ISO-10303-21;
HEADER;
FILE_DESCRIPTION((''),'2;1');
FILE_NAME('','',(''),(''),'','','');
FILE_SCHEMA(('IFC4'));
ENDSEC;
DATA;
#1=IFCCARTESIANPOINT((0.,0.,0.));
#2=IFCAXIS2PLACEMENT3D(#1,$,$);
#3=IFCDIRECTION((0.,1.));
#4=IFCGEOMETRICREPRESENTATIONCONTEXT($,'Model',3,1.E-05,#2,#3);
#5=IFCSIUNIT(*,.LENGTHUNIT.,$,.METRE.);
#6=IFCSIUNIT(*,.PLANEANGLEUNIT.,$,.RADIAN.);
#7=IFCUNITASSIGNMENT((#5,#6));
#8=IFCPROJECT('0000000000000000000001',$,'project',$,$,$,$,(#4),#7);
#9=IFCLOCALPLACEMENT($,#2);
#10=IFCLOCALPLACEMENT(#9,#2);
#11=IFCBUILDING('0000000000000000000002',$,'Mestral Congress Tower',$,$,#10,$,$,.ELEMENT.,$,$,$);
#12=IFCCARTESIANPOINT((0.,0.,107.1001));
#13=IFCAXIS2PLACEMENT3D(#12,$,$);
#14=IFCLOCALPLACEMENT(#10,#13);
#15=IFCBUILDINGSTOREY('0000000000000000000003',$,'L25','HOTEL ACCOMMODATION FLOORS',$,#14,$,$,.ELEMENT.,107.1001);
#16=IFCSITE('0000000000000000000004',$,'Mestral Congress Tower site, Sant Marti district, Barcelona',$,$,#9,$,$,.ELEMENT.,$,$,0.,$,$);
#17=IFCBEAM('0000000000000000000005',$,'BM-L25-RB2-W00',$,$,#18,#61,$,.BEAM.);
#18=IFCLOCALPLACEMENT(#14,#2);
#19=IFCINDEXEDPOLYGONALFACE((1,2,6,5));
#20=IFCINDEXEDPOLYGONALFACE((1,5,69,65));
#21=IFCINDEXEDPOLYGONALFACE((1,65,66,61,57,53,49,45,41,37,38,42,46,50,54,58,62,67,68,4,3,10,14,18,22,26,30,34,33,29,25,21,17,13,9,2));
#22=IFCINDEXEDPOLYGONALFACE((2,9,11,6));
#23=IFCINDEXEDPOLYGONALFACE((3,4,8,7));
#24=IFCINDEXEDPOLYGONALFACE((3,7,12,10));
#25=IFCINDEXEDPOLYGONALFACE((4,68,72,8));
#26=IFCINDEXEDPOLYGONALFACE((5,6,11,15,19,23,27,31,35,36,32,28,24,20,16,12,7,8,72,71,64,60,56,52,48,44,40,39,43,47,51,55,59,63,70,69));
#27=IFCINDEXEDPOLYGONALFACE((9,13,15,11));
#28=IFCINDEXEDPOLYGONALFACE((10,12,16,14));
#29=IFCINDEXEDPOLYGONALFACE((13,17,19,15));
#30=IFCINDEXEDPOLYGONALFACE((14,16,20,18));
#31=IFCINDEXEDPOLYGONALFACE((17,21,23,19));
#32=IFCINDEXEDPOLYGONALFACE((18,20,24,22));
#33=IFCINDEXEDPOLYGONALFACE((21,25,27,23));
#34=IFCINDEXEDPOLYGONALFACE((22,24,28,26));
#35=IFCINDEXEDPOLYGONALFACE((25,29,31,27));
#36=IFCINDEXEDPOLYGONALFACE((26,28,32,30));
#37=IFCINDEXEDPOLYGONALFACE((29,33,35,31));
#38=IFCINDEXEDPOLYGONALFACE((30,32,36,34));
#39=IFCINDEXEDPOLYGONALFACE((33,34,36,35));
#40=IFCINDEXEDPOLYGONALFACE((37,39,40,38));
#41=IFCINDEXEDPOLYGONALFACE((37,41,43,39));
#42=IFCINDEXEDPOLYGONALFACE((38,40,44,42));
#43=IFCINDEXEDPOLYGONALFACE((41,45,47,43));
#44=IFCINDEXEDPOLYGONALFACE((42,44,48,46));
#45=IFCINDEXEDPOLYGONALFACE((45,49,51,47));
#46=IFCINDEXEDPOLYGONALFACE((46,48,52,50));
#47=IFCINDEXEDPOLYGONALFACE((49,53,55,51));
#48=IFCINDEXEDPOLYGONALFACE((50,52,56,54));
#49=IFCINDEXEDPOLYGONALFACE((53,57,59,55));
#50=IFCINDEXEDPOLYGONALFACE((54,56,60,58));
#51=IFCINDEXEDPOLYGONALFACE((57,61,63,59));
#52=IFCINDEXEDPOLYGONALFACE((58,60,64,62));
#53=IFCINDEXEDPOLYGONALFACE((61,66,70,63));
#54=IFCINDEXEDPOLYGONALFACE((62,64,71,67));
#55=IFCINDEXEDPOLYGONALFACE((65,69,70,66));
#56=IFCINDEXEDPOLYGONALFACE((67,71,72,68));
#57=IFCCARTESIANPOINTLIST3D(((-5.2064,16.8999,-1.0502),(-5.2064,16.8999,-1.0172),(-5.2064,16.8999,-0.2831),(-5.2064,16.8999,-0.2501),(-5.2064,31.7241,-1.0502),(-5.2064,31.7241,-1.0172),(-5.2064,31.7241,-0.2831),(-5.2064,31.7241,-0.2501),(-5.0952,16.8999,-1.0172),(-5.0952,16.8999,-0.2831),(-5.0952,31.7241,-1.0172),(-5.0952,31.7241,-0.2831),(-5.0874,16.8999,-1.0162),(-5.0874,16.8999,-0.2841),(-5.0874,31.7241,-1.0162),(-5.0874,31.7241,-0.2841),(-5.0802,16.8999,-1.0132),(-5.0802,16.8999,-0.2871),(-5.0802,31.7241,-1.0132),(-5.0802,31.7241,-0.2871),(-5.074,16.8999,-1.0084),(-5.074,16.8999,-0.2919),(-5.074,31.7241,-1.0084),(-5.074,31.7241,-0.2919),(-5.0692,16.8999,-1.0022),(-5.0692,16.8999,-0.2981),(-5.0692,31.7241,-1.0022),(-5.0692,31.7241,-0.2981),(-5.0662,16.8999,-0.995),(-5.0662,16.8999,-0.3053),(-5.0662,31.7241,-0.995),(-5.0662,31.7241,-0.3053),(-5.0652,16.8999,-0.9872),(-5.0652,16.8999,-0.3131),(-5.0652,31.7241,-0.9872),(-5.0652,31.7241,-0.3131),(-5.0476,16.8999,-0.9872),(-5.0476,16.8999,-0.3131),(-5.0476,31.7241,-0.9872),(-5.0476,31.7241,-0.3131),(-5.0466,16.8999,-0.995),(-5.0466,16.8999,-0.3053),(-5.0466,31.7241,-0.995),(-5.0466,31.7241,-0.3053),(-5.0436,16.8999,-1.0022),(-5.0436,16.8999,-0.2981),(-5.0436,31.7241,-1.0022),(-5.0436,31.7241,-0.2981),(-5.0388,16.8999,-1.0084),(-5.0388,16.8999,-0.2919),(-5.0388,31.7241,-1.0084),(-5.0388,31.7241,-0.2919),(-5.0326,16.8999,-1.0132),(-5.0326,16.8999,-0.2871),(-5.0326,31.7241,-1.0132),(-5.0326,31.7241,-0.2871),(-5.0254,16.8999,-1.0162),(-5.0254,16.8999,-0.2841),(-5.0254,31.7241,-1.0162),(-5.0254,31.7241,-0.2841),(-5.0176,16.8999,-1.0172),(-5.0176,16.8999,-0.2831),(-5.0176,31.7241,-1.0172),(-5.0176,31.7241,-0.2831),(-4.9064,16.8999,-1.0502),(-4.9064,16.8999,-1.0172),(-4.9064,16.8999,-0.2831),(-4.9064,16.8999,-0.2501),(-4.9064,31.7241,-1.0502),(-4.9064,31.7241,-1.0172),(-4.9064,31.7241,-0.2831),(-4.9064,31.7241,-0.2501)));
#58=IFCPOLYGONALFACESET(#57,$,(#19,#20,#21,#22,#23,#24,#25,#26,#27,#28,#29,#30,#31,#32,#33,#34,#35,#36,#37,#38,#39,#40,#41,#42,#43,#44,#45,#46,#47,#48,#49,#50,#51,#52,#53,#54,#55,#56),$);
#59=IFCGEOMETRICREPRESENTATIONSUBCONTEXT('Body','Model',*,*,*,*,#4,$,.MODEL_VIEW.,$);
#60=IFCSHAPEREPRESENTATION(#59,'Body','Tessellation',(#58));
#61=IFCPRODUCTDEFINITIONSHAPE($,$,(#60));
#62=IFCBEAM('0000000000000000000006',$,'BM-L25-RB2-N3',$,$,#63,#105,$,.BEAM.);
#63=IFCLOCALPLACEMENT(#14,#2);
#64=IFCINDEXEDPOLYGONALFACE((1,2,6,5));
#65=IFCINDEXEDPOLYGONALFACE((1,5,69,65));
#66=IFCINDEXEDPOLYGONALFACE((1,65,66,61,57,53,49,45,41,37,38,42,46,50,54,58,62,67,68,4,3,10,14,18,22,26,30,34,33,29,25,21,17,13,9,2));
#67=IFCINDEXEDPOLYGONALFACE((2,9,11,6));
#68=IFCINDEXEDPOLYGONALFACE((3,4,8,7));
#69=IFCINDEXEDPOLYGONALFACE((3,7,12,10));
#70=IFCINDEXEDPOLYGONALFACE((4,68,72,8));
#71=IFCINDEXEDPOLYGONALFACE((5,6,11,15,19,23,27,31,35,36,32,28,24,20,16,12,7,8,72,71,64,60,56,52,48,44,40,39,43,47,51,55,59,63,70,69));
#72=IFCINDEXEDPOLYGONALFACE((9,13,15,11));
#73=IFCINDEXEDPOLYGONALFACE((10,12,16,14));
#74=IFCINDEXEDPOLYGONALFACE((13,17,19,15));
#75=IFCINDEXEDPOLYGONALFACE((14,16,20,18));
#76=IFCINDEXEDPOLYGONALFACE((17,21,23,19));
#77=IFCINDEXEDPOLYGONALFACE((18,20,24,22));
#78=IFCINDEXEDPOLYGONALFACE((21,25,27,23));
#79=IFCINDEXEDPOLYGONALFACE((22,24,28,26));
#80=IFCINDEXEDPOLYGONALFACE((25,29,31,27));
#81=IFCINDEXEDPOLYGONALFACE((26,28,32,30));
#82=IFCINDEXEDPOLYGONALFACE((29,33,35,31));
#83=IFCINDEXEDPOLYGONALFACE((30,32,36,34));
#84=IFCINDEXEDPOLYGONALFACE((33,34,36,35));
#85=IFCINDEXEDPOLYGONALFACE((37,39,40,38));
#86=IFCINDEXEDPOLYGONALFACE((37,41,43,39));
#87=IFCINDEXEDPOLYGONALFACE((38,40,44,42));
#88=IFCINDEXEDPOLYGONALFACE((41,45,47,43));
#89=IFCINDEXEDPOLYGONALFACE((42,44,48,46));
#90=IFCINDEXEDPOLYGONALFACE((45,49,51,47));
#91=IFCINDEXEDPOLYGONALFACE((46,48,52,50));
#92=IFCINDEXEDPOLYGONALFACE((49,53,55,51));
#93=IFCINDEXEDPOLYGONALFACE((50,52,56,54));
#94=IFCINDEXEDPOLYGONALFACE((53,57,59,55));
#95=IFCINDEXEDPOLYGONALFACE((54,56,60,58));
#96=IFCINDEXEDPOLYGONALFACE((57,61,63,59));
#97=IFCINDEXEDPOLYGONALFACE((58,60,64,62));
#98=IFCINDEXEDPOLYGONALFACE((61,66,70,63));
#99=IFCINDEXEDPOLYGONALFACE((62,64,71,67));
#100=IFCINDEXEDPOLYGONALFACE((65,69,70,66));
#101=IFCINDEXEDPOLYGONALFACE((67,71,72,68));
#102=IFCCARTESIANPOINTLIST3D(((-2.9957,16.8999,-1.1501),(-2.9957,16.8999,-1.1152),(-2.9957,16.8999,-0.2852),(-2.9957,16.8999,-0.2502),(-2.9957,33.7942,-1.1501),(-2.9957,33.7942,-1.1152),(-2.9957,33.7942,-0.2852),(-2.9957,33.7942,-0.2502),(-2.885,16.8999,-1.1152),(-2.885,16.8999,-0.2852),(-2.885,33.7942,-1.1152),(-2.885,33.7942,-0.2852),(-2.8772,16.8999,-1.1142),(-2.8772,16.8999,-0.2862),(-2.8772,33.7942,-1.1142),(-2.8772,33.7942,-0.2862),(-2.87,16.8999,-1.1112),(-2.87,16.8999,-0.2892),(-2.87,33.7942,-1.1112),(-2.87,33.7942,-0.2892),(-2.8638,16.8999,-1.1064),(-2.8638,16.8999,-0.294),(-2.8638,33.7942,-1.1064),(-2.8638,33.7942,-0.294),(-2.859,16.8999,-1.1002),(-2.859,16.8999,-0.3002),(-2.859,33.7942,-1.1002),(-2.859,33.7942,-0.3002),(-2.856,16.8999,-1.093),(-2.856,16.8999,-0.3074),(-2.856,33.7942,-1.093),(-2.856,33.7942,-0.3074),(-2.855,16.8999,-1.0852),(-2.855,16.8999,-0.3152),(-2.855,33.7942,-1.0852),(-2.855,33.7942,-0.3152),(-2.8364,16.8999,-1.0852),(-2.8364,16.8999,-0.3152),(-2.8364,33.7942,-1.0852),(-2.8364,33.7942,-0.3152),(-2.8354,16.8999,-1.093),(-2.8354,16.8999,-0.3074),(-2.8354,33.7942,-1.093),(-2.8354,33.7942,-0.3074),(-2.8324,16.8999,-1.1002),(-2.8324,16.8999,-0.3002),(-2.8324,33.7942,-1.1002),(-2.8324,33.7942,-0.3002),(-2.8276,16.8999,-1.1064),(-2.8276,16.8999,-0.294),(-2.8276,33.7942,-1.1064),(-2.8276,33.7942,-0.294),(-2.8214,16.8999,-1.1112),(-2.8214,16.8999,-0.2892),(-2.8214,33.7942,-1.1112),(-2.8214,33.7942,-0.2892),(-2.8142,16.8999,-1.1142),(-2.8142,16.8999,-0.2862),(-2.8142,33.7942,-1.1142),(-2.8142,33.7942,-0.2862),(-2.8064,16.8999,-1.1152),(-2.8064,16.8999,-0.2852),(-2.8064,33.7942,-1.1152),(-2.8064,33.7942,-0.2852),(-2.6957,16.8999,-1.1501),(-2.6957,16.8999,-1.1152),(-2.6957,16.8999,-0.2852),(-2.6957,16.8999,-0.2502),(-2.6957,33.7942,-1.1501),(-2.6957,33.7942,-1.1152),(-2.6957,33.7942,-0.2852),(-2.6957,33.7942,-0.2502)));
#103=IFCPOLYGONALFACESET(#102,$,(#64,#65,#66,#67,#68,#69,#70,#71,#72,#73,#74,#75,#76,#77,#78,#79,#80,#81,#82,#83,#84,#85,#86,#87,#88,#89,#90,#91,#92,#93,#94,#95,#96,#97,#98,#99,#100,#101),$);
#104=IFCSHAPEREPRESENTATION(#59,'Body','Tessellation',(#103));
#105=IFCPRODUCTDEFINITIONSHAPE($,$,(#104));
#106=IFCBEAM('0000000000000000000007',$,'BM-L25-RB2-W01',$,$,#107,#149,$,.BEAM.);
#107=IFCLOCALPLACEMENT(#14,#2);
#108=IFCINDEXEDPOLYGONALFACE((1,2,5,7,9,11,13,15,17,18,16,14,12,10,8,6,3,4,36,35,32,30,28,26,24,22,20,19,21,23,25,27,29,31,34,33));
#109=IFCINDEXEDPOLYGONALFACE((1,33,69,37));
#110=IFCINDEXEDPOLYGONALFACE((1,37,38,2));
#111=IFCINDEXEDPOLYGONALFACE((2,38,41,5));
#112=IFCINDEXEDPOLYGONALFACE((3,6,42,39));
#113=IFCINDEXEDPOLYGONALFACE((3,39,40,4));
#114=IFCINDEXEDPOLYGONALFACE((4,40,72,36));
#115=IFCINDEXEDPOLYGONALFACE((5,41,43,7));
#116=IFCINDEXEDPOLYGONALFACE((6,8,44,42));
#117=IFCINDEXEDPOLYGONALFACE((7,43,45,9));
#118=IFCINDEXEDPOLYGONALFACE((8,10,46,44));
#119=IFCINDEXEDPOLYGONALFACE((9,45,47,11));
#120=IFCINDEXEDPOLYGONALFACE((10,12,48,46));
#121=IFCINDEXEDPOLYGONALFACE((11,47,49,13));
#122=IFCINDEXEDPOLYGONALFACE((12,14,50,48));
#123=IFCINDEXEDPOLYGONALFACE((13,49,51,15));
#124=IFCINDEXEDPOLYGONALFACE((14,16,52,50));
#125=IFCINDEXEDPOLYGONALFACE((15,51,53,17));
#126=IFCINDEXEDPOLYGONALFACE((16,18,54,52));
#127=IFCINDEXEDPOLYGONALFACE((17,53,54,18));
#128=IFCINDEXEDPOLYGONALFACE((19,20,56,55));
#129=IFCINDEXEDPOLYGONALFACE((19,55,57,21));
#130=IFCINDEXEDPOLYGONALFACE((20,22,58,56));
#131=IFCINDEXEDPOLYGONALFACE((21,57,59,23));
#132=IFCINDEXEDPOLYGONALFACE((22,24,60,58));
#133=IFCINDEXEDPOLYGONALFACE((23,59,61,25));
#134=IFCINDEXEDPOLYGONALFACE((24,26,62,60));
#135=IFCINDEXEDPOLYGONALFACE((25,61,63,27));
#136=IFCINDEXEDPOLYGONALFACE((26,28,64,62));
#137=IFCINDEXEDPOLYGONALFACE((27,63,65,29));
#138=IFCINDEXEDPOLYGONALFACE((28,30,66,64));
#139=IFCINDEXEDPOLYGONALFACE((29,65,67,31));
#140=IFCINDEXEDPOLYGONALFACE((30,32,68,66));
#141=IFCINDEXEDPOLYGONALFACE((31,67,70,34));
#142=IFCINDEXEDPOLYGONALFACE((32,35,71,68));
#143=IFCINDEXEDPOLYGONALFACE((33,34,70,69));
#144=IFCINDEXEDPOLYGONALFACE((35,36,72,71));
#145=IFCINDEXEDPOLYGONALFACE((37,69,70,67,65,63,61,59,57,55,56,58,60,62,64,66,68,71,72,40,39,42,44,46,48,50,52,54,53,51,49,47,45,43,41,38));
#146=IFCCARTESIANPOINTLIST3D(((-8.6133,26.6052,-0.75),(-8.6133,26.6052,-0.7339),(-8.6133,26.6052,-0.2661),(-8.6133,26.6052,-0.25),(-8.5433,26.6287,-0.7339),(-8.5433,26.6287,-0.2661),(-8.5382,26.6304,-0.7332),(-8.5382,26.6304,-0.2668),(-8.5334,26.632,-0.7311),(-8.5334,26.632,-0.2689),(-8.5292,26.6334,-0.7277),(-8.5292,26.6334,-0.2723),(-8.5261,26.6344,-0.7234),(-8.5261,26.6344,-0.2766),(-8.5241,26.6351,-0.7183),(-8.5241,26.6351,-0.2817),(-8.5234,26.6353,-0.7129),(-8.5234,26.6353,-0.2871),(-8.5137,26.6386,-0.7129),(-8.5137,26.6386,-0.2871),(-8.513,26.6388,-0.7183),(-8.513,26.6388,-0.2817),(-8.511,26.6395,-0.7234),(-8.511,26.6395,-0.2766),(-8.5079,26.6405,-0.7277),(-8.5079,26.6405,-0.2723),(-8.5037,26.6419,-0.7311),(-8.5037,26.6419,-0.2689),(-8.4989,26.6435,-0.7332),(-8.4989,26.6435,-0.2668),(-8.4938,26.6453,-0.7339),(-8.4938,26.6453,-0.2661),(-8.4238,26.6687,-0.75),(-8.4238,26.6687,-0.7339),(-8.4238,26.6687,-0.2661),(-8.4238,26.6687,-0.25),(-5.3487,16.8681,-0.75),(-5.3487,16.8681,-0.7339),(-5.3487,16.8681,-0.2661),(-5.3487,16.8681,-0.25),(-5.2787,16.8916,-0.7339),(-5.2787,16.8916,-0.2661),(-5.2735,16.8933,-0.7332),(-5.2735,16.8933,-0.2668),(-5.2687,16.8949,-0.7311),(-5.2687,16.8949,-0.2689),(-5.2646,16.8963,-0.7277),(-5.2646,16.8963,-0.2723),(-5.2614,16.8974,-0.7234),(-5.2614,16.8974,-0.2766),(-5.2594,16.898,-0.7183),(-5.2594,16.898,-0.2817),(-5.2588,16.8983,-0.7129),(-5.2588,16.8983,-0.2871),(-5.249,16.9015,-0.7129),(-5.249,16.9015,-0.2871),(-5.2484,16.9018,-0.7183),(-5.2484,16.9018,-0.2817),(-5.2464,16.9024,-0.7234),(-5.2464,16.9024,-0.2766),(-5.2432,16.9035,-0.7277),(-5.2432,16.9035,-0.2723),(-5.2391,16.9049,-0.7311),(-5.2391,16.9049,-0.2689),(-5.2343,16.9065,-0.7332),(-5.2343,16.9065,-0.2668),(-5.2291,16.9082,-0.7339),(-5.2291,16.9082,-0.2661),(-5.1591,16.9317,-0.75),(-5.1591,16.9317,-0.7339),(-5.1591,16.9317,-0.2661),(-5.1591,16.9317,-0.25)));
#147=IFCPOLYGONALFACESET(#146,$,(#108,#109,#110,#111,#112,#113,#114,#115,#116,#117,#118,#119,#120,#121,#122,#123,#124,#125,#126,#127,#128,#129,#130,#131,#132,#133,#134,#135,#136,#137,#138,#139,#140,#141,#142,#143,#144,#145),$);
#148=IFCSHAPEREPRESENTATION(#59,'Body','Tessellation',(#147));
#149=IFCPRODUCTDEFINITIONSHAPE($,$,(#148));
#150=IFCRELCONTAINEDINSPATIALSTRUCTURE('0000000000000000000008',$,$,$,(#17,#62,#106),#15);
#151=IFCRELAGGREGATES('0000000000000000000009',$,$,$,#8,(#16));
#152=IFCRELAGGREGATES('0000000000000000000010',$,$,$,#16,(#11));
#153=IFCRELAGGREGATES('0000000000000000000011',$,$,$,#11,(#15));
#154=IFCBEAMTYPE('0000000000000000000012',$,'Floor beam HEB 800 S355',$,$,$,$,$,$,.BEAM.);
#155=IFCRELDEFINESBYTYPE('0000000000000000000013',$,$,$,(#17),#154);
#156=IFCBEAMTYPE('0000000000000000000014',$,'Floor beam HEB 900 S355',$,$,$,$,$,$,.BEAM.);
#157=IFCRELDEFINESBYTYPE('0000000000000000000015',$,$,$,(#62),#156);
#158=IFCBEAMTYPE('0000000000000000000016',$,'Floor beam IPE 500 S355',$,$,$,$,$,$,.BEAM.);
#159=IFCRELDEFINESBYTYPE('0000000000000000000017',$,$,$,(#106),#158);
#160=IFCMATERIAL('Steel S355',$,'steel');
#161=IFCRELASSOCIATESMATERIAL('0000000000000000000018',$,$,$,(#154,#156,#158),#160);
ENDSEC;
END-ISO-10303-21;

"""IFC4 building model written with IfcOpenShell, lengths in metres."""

from ifc_helpers import new_model, si_unit, direction, frame, origin, origin_2d, place, context, subcontext, project, spatial, i_section, extrude, material, material_profile, profile_set, type_object, element, save


model = new_model("IFC4")

# Units and contexts
model_context = context("Model", 3, precision=1e-05, world=origin(), true_north=direction((0.0, 1.0)))
body_context = subcontext(model_context, "Body", "Model", "MODEL_VIEW")
ifc_project = project(units=[si_unit("LENGTHUNIT", "METRE"), si_unit("PLANEANGLEUNIT", "RADIAN")], contexts=[model_context])

# Site, building, storey
site_placement = place(None, origin())
site = spatial("IfcSite", under=ifc_project, at=site_placement, Name="Mestral Congress Tower site, Sant Marti district, Barcelona", CompositionType="ELEMENT", RefElevation=0.0)
building_placement = place(site_placement, origin())
building = spatial("IfcBuilding", under=site, at=building_placement, Name="Mestral Congress Tower", CompositionType="ELEMENT")
storey_placement = place(building_placement, frame((0.0, 0.0, 107.1001)))
storey = spatial("IfcBuildingStorey", under=building, at=storey_placement, Name="L25", Description="HOTEL ACCOMMODATION FLOORS", CompositionType="ELEMENT", Elevation=107.1001)

# Beams
ifc_material_1 = material(Name="Steel S355", Category="steel")
ifc_material_profile_1 = material_profile(ifc_material_1, i_section(OverallWidth=0.3, OverallDepth=0.8, WebThickness=0.0176, FlangeThickness=0.033, FilletRadius=0.03, at=origin_2d()), Name="HEB 800")
ifc_profile_set_1 = profile_set([ifc_material_profile_1], Name="Steel S355")
beam_type_1 = type_object("IfcBeamType", Name="Floor beam HEB 800 S355", PredefinedType="BEAM", material=ifc_profile_set_1)
beam_1_placement = place(storey_placement, frame((-5.0564, 31.7241, -0.6501), z_axis=(0.0, -1.0, 0.0), x_axis=(1.0, 0.0, 0.0)))
element("IfcBeam", 1, at=beam_1_placement, inside=storey, type_object=beam_type_1, Name="BM-L25-RB2-W00", PredefinedType="BEAM", context=body_context, shape_type="SweptSolid", body=[
    extrude(i_section(OverallWidth=0.3, OverallDepth=0.8, WebThickness=0.0176, FlangeThickness=0.033, FilletRadius=0.03, at=origin_2d()), origin(), (0.0, 0.0, 1.0), 14.8242),
])
ifc_material_profile_2 = material_profile(ifc_material_1, i_section(OverallWidth=0.3, OverallDepth=0.8999, WebThickness=0.0186, FlangeThickness=0.0349, FilletRadius=0.03, at=origin_2d()), Name="HEB 900")
ifc_profile_set_2 = profile_set([ifc_material_profile_2], Name="Steel S355")
beam_type_2 = type_object("IfcBeamType", Name="Floor beam HEB 900 S355", PredefinedType="BEAM", material=ifc_profile_set_2)
beam_2_placement = place(storey_placement, frame((-2.8457, 33.7942, -0.7002), z_axis=(0.0, -1.0, 0.0), x_axis=(1.0, 0.0, 0.0)))
element("IfcBeam", 2, at=beam_2_placement, inside=storey, type_object=beam_type_2, Name="BM-L25-RB2-N3", PredefinedType="BEAM", context=body_context, shape_type="SweptSolid", body=[
    extrude(i_section(OverallWidth=0.3, OverallDepth=0.8999, WebThickness=0.0186, FlangeThickness=0.0349, FilletRadius=0.03, at=origin_2d()), origin(), (0.0, 0.0, 1.0), 16.8943),
])
ifc_material_profile_3 = material_profile(ifc_material_1, i_section(OverallWidth=0.2, OverallDepth=0.5, WebThickness=0.0103, FlangeThickness=0.0161, FilletRadius=0.021, at=origin_2d()), Name="IPE 500")
ifc_profile_set_3 = profile_set([ifc_material_profile_3], Name="Steel S355")
beam_type_3 = type_object("IfcBeamType", Name="Floor beam IPE 500 S355", PredefinedType="BEAM", material=ifc_profile_set_3)
beam_3_placement = place(storey_placement, frame((-8.5186, 26.637, -0.5), z_axis=(0.317889, -0.948128, 0.0), x_axis=(0.948128, 0.317889, 0.0)))
element("IfcBeam", 3, at=beam_3_placement, inside=storey, type_object=beam_type_3, Name="BM-L25-RB2-W01", PredefinedType="BEAM", context=body_context, shape_type="SweptSolid", body=[
    extrude(i_section(OverallWidth=0.2, OverallDepth=0.5, WebThickness=0.0103, FlangeThickness=0.0161, FilletRadius=0.021, at=origin_2d()), origin(), (0.0, 0.0, 1.0), 10.2698),
])

save(model, "model.ifc")
